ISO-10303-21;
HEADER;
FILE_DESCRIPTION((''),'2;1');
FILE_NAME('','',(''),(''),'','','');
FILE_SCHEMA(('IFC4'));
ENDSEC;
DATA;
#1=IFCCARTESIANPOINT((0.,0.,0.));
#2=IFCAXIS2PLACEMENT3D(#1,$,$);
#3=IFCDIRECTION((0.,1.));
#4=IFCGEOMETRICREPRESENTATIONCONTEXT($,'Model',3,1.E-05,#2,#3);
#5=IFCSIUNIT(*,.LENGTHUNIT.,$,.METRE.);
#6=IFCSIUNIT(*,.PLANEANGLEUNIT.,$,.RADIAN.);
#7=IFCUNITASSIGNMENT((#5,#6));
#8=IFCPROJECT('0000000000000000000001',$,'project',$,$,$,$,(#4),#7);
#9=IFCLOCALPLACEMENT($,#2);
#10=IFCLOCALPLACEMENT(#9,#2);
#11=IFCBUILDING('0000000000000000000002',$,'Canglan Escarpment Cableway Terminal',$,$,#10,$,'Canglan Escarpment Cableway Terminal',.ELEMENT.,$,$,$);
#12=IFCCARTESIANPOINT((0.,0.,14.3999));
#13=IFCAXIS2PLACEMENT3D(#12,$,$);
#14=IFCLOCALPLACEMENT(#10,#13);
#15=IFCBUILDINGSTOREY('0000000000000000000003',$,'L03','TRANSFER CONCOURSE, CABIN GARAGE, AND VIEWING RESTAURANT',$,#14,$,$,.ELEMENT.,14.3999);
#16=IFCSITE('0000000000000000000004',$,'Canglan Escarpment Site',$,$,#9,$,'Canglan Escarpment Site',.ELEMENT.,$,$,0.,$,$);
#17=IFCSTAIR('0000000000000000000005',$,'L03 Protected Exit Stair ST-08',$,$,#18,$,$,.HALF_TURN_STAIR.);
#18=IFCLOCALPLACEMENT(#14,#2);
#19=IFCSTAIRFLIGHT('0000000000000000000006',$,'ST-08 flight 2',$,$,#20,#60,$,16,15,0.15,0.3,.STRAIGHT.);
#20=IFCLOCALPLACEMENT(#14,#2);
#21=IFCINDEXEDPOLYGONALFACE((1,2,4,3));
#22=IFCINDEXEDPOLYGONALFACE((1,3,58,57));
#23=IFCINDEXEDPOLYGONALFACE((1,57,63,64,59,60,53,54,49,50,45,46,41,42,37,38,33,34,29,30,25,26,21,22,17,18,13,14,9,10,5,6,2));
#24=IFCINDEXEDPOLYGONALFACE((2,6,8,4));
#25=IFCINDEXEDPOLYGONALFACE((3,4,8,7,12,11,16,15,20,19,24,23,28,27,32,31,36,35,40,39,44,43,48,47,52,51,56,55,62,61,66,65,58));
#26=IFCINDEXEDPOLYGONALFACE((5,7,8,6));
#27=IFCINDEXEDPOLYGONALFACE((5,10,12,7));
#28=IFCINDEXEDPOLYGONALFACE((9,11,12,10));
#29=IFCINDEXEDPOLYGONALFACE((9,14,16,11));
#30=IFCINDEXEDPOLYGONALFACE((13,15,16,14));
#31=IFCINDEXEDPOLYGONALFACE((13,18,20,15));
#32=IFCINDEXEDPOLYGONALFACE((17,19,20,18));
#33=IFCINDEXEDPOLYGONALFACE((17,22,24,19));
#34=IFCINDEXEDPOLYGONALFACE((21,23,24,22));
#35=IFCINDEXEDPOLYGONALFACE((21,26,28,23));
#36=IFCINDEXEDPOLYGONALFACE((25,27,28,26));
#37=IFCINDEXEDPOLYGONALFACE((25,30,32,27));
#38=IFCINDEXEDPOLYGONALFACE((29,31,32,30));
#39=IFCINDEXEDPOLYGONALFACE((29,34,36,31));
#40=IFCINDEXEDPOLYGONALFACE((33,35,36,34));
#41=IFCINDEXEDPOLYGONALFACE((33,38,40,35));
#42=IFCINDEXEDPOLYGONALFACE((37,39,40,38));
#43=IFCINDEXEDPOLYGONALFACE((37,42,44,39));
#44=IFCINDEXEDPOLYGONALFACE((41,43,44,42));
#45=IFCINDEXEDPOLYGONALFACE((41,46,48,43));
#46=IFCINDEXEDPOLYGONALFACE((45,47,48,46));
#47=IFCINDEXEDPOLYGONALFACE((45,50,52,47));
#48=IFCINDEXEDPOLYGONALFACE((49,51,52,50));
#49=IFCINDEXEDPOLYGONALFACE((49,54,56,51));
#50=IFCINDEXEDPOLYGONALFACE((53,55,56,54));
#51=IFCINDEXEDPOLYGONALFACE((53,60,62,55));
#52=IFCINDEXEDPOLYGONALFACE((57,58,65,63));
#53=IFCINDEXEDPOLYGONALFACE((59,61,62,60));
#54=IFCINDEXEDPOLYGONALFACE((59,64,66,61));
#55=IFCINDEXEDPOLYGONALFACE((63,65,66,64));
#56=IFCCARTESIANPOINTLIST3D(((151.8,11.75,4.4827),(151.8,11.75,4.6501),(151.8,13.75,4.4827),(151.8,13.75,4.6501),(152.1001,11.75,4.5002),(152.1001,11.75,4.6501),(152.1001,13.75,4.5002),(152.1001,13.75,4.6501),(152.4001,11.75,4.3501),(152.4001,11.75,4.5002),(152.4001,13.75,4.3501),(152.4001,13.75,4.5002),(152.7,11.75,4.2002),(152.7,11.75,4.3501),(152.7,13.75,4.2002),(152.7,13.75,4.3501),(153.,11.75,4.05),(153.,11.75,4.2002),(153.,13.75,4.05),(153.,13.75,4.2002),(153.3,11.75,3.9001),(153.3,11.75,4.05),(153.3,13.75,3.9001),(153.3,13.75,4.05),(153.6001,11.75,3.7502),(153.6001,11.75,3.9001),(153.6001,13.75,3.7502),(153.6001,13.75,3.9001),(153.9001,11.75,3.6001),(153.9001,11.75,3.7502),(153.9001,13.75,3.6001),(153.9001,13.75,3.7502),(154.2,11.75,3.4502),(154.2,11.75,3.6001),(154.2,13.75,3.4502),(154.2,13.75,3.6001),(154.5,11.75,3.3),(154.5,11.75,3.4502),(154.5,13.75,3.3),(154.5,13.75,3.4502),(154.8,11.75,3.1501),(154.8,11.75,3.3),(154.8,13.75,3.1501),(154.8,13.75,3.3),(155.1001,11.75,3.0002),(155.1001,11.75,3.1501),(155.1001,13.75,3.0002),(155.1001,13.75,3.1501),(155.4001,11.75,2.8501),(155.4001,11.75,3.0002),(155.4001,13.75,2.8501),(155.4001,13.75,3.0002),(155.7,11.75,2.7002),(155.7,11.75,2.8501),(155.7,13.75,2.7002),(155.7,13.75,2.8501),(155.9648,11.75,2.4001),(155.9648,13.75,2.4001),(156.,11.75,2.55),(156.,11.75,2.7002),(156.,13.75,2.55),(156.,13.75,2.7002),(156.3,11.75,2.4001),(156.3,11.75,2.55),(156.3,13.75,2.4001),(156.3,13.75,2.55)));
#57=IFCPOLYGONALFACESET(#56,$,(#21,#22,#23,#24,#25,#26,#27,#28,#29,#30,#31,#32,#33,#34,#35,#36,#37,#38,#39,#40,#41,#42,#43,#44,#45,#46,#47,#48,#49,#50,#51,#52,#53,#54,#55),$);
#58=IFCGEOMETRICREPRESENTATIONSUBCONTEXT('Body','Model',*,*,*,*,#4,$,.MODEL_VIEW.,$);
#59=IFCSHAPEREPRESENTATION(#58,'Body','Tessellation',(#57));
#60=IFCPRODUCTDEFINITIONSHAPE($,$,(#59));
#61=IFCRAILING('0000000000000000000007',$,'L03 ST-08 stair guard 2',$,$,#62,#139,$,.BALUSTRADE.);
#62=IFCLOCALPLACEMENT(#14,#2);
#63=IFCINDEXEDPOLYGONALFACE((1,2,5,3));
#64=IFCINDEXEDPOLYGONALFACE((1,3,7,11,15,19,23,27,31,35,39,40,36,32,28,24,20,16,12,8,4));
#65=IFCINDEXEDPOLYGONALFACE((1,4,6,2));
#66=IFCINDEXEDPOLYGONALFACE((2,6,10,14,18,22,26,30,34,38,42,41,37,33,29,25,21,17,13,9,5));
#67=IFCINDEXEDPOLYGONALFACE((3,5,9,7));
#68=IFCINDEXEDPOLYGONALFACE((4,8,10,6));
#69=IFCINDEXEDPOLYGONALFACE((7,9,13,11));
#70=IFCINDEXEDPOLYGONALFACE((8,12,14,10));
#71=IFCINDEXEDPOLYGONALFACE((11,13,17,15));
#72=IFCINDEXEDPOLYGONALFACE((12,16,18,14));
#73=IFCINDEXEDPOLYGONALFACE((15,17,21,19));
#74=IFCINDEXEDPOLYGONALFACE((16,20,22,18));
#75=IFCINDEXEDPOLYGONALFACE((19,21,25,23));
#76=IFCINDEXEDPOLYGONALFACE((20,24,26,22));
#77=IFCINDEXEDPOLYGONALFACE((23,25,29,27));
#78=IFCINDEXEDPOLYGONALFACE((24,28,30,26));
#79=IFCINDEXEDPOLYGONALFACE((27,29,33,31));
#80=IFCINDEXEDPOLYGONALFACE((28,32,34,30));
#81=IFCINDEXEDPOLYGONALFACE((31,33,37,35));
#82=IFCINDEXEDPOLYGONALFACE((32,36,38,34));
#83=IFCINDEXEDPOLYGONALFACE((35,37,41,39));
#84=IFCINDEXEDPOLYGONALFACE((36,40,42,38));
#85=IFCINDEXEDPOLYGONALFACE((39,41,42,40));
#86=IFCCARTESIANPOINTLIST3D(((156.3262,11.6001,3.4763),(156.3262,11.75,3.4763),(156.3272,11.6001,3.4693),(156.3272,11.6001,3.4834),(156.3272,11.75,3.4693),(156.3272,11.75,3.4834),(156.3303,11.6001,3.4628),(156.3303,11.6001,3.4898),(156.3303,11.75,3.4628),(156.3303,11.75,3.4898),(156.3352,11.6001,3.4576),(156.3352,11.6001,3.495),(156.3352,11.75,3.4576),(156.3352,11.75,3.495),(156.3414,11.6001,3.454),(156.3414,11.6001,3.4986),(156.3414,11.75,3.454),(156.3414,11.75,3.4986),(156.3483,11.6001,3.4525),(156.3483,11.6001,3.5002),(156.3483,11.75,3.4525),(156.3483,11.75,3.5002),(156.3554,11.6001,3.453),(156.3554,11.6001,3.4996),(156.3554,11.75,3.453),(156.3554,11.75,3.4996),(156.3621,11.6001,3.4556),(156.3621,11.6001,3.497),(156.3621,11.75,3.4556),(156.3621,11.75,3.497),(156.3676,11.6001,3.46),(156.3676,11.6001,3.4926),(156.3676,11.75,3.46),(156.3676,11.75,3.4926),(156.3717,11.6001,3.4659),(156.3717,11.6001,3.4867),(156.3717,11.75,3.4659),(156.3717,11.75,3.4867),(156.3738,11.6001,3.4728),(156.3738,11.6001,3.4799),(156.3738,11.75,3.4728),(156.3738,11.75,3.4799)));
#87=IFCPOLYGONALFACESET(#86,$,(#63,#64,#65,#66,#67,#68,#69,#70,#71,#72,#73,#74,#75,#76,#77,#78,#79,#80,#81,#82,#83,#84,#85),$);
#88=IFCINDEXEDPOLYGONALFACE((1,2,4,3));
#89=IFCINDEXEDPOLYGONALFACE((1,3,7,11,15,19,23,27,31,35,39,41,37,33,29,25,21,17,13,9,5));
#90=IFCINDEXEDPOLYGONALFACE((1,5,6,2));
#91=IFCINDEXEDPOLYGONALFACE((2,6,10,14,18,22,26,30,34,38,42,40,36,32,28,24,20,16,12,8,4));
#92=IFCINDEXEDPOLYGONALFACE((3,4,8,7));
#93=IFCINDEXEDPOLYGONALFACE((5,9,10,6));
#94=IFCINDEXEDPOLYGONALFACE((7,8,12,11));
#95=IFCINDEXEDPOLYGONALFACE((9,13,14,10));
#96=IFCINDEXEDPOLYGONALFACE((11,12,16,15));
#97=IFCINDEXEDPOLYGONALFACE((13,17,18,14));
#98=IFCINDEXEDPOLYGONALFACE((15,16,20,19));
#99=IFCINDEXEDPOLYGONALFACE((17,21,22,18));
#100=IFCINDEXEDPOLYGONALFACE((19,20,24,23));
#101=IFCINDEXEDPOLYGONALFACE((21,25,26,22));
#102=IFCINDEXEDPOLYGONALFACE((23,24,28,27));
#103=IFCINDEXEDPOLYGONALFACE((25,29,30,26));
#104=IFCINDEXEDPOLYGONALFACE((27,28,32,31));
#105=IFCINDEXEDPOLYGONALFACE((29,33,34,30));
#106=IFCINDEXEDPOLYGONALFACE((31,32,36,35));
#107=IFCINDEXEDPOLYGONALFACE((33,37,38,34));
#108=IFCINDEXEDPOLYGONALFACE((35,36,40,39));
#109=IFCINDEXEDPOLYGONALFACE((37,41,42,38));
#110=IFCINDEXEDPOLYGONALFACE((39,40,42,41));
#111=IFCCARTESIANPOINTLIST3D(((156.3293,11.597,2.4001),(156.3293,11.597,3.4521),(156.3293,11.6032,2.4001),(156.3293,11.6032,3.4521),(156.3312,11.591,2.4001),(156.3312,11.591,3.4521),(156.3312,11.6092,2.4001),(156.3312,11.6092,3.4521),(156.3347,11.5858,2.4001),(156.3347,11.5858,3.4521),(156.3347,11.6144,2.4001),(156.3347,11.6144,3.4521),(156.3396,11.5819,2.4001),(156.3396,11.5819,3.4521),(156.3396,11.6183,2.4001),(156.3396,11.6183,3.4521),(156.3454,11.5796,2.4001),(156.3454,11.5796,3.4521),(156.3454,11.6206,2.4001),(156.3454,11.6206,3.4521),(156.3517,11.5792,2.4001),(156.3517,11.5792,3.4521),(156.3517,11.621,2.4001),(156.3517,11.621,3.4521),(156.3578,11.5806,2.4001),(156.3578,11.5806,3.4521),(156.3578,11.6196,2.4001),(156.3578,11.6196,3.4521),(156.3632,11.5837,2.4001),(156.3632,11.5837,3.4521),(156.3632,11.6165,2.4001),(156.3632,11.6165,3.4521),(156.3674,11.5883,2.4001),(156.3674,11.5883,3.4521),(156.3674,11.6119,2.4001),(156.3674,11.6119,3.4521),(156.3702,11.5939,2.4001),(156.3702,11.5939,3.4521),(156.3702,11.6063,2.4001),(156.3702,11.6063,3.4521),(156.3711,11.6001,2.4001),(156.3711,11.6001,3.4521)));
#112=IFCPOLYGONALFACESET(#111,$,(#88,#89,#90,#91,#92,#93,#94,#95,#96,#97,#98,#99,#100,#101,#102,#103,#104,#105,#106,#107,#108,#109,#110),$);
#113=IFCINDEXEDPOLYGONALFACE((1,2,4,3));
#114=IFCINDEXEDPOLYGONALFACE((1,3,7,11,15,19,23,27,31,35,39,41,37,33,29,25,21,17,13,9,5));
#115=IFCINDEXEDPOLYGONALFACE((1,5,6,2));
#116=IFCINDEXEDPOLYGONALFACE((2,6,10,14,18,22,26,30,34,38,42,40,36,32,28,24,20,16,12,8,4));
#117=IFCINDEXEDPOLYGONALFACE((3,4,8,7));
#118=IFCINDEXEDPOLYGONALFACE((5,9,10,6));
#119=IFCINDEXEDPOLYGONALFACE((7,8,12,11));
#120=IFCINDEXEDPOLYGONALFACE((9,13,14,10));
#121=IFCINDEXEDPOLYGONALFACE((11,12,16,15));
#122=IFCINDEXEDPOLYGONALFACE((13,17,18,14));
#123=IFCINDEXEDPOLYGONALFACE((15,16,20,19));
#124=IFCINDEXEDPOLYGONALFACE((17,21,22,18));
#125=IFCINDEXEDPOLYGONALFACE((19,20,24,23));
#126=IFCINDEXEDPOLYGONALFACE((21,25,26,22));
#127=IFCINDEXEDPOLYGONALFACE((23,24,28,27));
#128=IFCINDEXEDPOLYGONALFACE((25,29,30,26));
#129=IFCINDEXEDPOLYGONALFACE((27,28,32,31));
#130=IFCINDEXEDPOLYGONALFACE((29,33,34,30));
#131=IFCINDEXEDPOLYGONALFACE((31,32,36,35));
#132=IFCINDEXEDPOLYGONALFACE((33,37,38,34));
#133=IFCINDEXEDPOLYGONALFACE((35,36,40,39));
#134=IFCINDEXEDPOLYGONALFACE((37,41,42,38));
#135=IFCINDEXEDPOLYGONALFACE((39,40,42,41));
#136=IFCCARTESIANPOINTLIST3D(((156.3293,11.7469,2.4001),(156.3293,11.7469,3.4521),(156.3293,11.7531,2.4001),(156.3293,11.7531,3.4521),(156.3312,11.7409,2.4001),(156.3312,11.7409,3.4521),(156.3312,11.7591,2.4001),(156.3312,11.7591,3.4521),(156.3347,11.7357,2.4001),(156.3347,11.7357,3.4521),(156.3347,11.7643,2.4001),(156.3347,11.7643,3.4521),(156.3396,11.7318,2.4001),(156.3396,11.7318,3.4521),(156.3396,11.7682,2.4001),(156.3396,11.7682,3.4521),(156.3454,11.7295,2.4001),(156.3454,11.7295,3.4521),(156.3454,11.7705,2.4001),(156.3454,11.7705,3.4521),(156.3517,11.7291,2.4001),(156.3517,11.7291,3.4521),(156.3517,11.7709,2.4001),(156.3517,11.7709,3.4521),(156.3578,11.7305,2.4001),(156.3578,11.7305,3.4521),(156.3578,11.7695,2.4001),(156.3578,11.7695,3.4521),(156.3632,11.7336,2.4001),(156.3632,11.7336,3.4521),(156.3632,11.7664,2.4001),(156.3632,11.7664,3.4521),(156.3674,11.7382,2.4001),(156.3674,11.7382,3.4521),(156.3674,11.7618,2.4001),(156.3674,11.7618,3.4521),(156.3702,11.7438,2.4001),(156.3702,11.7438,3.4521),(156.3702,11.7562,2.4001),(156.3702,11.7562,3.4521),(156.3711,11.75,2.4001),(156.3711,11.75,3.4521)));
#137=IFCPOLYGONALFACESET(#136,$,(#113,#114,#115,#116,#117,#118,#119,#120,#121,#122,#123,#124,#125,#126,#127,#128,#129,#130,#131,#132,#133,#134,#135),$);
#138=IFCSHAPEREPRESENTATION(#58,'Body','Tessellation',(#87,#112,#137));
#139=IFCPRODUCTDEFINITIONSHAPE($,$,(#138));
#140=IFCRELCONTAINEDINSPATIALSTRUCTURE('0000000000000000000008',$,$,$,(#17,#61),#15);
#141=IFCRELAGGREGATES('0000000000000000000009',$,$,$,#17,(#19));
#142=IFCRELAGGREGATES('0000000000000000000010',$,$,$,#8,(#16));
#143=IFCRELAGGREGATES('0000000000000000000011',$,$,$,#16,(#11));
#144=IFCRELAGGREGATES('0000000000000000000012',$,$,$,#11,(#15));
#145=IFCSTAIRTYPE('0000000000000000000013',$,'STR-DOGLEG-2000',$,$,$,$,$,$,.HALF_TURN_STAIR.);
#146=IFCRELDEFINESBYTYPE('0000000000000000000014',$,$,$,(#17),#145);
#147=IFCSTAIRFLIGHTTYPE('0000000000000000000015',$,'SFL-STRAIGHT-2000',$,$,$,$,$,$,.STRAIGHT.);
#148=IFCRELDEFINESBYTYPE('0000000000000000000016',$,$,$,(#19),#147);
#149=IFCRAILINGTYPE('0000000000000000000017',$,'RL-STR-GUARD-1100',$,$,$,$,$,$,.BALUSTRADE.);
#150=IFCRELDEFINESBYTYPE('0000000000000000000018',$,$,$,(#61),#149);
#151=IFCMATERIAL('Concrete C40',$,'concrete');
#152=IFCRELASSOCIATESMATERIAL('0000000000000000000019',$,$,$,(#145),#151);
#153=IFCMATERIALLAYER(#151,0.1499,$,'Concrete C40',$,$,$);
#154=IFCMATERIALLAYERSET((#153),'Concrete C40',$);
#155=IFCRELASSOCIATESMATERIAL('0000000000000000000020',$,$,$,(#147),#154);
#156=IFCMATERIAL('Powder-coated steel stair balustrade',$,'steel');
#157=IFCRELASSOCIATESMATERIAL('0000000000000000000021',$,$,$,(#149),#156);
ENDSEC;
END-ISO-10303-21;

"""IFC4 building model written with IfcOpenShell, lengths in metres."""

from ifc_helpers import new_model, si_unit, direction, frame, origin, origin_2d, place, context, subcontext, project, spatial, polyline, circle, outline, extrude, material, layer, layer_set, type_object, element, aggregate, save


model = new_model("IFC4")

# Units and contexts
model_context = context("Model", 3, precision=1e-05, world=origin(), true_north=direction((0.0, 1.0)))
body_context = subcontext(model_context, "Body", "Model", "MODEL_VIEW")
ifc_project = project(units=[si_unit("LENGTHUNIT", "METRE"), si_unit("PLANEANGLEUNIT", "RADIAN")], contexts=[model_context])

# Site, building, storey
site_placement = place(None, origin())
site = spatial("IfcSite", under=ifc_project, at=site_placement, Name="Canglan Escarpment Site", LongName="Canglan Escarpment Site", CompositionType="ELEMENT", RefElevation=0.0)
building_placement = place(site_placement, origin())
building = spatial("IfcBuilding", under=site, at=building_placement, Name="Canglan Escarpment Cableway Terminal", LongName="Canglan Escarpment Cableway Terminal", CompositionType="ELEMENT")
storey_placement = place(building_placement, frame((0.0, 0.0, 14.3999)))
storey = spatial("IfcBuildingStorey", under=building, at=storey_placement, Name="L03", Description="TRANSFER CONCOURSE, CABIN GARAGE, AND VIEWING RESTAURANT", CompositionType="ELEMENT", Elevation=14.3999)

# Shared definitions
ifc_material_1 = material(Name="Concrete C40", Category="concrete")

# Stair, stair flight
stair_type = type_object("IfcStairType", Name="STR-DOGLEG-2000", PredefinedType="HALF_TURN_STAIR", material=ifc_material_1)
stair_placement = place(storey_placement, origin())
stair = element("IfcStair", 1, at=stair_placement, inside=storey, type_object=stair_type, Name="L03 Protected Exit Stair ST-08", PredefinedType="HALF_TURN_STAIR")
ifc_layer_1 = layer(ifc_material_1, 0.1499, Name="Concrete C40")
ifc_layer_set_1 = layer_set([ifc_layer_1], Name="Concrete C40")
stair_flight_type = type_object("IfcStairFlightType", Name="SFL-STRAIGHT-2000", PredefinedType="STRAIGHT", material=ifc_layer_set_1)
stair_flight_placement = place(storey_placement, frame((156.3, 12.75, 2.4001), z_axis=(0.0, 0.0, 1.0), x_axis=(-1.0, 0.0, 0.0)))
stair_flight = element("IfcStairFlight", 2, at=stair_flight_placement, type_object=stair_flight_type, Name="ST-08 flight 2", NumberOfRisers=16, NumberOfTreads=15, PredefinedType="STRAIGHT", RiserHeight=0.15, TreadLength=0.3, context=body_context, shape_type="SweptSolid", body=[
    extrude(outline(polyline([(0.0, 0.0), (0.0, 0.1499), (0.3, 0.1499), (0.3, 0.3), (0.6001, 0.3), (0.6001, 0.45), (0.8999, 0.45), (0.8999, 0.6001), (1.2, 0.6001), (1.2, 0.75), (1.5, 0.75), (1.5, 0.8999), (1.8, 0.8999), (1.8, 1.05), (2.1001, 1.05), (2.1001, 1.2), (2.3999, 1.2), (2.3999, 1.3501), (2.7, 1.3501), (2.7, 1.5), (3.0, 1.5), (3.0, 1.6499), (3.3, 1.6499), (3.3, 1.8), (3.6001, 1.8), (3.6001, 1.95), (3.8999, 1.95), (3.8999, 2.1001), (4.2, 2.1001), (4.2, 2.25), (4.5, 2.25), (4.5, 2.3999), (4.5, 2.0825), (0.3352, 0.0), (0.0, 0.0)])), frame((0.0, 1.0, 0.0), z_axis=(0.0, -1.0, 0.0), x_axis=(1.0, 0.0, 0.0)), (0.0, 0.0, 1.0), 2.0),
])
aggregate(stair, [stair_flight])

# Railing
ifc_material_2 = material(Name="Powder-coated steel stair balustrade", Category="steel")
railing_type_1 = type_object("IfcRailingType", Name="RL-STR-GUARD-1100", PredefinedType="BALUSTRADE", material=ifc_material_2)
railing_1_placement = place(storey_placement, frame((156.3501, 11.6001, 2.4001)))
element("IfcRailing", 3, at=railing_1_placement, inside=storey, type_object=railing_type_1, Name="L03 ST-08 stair guard 2", PredefinedType="BALUSTRADE", context=body_context, shape_type="SweptSolid", body=[
    extrude(circle(Radius=0.0239, at=origin_2d()), frame((0.0, 0.0, 1.0762), z_axis=(0.0, 1.0, 0.0), x_axis=(-1.0, 0.0, 0.0)), (0.0, 0.0, 1.0), 0.1499),
    extrude(circle(Radius=0.021, at=origin_2d()), origin(), (0.0, 0.0, 1.0), 1.052),
    extrude(circle(Radius=0.021, at=origin_2d()), frame((0.0, 0.1499, 0.0)), (0.0, 0.0, 1.0), 1.052),
])

save(model, "model.ifc")
